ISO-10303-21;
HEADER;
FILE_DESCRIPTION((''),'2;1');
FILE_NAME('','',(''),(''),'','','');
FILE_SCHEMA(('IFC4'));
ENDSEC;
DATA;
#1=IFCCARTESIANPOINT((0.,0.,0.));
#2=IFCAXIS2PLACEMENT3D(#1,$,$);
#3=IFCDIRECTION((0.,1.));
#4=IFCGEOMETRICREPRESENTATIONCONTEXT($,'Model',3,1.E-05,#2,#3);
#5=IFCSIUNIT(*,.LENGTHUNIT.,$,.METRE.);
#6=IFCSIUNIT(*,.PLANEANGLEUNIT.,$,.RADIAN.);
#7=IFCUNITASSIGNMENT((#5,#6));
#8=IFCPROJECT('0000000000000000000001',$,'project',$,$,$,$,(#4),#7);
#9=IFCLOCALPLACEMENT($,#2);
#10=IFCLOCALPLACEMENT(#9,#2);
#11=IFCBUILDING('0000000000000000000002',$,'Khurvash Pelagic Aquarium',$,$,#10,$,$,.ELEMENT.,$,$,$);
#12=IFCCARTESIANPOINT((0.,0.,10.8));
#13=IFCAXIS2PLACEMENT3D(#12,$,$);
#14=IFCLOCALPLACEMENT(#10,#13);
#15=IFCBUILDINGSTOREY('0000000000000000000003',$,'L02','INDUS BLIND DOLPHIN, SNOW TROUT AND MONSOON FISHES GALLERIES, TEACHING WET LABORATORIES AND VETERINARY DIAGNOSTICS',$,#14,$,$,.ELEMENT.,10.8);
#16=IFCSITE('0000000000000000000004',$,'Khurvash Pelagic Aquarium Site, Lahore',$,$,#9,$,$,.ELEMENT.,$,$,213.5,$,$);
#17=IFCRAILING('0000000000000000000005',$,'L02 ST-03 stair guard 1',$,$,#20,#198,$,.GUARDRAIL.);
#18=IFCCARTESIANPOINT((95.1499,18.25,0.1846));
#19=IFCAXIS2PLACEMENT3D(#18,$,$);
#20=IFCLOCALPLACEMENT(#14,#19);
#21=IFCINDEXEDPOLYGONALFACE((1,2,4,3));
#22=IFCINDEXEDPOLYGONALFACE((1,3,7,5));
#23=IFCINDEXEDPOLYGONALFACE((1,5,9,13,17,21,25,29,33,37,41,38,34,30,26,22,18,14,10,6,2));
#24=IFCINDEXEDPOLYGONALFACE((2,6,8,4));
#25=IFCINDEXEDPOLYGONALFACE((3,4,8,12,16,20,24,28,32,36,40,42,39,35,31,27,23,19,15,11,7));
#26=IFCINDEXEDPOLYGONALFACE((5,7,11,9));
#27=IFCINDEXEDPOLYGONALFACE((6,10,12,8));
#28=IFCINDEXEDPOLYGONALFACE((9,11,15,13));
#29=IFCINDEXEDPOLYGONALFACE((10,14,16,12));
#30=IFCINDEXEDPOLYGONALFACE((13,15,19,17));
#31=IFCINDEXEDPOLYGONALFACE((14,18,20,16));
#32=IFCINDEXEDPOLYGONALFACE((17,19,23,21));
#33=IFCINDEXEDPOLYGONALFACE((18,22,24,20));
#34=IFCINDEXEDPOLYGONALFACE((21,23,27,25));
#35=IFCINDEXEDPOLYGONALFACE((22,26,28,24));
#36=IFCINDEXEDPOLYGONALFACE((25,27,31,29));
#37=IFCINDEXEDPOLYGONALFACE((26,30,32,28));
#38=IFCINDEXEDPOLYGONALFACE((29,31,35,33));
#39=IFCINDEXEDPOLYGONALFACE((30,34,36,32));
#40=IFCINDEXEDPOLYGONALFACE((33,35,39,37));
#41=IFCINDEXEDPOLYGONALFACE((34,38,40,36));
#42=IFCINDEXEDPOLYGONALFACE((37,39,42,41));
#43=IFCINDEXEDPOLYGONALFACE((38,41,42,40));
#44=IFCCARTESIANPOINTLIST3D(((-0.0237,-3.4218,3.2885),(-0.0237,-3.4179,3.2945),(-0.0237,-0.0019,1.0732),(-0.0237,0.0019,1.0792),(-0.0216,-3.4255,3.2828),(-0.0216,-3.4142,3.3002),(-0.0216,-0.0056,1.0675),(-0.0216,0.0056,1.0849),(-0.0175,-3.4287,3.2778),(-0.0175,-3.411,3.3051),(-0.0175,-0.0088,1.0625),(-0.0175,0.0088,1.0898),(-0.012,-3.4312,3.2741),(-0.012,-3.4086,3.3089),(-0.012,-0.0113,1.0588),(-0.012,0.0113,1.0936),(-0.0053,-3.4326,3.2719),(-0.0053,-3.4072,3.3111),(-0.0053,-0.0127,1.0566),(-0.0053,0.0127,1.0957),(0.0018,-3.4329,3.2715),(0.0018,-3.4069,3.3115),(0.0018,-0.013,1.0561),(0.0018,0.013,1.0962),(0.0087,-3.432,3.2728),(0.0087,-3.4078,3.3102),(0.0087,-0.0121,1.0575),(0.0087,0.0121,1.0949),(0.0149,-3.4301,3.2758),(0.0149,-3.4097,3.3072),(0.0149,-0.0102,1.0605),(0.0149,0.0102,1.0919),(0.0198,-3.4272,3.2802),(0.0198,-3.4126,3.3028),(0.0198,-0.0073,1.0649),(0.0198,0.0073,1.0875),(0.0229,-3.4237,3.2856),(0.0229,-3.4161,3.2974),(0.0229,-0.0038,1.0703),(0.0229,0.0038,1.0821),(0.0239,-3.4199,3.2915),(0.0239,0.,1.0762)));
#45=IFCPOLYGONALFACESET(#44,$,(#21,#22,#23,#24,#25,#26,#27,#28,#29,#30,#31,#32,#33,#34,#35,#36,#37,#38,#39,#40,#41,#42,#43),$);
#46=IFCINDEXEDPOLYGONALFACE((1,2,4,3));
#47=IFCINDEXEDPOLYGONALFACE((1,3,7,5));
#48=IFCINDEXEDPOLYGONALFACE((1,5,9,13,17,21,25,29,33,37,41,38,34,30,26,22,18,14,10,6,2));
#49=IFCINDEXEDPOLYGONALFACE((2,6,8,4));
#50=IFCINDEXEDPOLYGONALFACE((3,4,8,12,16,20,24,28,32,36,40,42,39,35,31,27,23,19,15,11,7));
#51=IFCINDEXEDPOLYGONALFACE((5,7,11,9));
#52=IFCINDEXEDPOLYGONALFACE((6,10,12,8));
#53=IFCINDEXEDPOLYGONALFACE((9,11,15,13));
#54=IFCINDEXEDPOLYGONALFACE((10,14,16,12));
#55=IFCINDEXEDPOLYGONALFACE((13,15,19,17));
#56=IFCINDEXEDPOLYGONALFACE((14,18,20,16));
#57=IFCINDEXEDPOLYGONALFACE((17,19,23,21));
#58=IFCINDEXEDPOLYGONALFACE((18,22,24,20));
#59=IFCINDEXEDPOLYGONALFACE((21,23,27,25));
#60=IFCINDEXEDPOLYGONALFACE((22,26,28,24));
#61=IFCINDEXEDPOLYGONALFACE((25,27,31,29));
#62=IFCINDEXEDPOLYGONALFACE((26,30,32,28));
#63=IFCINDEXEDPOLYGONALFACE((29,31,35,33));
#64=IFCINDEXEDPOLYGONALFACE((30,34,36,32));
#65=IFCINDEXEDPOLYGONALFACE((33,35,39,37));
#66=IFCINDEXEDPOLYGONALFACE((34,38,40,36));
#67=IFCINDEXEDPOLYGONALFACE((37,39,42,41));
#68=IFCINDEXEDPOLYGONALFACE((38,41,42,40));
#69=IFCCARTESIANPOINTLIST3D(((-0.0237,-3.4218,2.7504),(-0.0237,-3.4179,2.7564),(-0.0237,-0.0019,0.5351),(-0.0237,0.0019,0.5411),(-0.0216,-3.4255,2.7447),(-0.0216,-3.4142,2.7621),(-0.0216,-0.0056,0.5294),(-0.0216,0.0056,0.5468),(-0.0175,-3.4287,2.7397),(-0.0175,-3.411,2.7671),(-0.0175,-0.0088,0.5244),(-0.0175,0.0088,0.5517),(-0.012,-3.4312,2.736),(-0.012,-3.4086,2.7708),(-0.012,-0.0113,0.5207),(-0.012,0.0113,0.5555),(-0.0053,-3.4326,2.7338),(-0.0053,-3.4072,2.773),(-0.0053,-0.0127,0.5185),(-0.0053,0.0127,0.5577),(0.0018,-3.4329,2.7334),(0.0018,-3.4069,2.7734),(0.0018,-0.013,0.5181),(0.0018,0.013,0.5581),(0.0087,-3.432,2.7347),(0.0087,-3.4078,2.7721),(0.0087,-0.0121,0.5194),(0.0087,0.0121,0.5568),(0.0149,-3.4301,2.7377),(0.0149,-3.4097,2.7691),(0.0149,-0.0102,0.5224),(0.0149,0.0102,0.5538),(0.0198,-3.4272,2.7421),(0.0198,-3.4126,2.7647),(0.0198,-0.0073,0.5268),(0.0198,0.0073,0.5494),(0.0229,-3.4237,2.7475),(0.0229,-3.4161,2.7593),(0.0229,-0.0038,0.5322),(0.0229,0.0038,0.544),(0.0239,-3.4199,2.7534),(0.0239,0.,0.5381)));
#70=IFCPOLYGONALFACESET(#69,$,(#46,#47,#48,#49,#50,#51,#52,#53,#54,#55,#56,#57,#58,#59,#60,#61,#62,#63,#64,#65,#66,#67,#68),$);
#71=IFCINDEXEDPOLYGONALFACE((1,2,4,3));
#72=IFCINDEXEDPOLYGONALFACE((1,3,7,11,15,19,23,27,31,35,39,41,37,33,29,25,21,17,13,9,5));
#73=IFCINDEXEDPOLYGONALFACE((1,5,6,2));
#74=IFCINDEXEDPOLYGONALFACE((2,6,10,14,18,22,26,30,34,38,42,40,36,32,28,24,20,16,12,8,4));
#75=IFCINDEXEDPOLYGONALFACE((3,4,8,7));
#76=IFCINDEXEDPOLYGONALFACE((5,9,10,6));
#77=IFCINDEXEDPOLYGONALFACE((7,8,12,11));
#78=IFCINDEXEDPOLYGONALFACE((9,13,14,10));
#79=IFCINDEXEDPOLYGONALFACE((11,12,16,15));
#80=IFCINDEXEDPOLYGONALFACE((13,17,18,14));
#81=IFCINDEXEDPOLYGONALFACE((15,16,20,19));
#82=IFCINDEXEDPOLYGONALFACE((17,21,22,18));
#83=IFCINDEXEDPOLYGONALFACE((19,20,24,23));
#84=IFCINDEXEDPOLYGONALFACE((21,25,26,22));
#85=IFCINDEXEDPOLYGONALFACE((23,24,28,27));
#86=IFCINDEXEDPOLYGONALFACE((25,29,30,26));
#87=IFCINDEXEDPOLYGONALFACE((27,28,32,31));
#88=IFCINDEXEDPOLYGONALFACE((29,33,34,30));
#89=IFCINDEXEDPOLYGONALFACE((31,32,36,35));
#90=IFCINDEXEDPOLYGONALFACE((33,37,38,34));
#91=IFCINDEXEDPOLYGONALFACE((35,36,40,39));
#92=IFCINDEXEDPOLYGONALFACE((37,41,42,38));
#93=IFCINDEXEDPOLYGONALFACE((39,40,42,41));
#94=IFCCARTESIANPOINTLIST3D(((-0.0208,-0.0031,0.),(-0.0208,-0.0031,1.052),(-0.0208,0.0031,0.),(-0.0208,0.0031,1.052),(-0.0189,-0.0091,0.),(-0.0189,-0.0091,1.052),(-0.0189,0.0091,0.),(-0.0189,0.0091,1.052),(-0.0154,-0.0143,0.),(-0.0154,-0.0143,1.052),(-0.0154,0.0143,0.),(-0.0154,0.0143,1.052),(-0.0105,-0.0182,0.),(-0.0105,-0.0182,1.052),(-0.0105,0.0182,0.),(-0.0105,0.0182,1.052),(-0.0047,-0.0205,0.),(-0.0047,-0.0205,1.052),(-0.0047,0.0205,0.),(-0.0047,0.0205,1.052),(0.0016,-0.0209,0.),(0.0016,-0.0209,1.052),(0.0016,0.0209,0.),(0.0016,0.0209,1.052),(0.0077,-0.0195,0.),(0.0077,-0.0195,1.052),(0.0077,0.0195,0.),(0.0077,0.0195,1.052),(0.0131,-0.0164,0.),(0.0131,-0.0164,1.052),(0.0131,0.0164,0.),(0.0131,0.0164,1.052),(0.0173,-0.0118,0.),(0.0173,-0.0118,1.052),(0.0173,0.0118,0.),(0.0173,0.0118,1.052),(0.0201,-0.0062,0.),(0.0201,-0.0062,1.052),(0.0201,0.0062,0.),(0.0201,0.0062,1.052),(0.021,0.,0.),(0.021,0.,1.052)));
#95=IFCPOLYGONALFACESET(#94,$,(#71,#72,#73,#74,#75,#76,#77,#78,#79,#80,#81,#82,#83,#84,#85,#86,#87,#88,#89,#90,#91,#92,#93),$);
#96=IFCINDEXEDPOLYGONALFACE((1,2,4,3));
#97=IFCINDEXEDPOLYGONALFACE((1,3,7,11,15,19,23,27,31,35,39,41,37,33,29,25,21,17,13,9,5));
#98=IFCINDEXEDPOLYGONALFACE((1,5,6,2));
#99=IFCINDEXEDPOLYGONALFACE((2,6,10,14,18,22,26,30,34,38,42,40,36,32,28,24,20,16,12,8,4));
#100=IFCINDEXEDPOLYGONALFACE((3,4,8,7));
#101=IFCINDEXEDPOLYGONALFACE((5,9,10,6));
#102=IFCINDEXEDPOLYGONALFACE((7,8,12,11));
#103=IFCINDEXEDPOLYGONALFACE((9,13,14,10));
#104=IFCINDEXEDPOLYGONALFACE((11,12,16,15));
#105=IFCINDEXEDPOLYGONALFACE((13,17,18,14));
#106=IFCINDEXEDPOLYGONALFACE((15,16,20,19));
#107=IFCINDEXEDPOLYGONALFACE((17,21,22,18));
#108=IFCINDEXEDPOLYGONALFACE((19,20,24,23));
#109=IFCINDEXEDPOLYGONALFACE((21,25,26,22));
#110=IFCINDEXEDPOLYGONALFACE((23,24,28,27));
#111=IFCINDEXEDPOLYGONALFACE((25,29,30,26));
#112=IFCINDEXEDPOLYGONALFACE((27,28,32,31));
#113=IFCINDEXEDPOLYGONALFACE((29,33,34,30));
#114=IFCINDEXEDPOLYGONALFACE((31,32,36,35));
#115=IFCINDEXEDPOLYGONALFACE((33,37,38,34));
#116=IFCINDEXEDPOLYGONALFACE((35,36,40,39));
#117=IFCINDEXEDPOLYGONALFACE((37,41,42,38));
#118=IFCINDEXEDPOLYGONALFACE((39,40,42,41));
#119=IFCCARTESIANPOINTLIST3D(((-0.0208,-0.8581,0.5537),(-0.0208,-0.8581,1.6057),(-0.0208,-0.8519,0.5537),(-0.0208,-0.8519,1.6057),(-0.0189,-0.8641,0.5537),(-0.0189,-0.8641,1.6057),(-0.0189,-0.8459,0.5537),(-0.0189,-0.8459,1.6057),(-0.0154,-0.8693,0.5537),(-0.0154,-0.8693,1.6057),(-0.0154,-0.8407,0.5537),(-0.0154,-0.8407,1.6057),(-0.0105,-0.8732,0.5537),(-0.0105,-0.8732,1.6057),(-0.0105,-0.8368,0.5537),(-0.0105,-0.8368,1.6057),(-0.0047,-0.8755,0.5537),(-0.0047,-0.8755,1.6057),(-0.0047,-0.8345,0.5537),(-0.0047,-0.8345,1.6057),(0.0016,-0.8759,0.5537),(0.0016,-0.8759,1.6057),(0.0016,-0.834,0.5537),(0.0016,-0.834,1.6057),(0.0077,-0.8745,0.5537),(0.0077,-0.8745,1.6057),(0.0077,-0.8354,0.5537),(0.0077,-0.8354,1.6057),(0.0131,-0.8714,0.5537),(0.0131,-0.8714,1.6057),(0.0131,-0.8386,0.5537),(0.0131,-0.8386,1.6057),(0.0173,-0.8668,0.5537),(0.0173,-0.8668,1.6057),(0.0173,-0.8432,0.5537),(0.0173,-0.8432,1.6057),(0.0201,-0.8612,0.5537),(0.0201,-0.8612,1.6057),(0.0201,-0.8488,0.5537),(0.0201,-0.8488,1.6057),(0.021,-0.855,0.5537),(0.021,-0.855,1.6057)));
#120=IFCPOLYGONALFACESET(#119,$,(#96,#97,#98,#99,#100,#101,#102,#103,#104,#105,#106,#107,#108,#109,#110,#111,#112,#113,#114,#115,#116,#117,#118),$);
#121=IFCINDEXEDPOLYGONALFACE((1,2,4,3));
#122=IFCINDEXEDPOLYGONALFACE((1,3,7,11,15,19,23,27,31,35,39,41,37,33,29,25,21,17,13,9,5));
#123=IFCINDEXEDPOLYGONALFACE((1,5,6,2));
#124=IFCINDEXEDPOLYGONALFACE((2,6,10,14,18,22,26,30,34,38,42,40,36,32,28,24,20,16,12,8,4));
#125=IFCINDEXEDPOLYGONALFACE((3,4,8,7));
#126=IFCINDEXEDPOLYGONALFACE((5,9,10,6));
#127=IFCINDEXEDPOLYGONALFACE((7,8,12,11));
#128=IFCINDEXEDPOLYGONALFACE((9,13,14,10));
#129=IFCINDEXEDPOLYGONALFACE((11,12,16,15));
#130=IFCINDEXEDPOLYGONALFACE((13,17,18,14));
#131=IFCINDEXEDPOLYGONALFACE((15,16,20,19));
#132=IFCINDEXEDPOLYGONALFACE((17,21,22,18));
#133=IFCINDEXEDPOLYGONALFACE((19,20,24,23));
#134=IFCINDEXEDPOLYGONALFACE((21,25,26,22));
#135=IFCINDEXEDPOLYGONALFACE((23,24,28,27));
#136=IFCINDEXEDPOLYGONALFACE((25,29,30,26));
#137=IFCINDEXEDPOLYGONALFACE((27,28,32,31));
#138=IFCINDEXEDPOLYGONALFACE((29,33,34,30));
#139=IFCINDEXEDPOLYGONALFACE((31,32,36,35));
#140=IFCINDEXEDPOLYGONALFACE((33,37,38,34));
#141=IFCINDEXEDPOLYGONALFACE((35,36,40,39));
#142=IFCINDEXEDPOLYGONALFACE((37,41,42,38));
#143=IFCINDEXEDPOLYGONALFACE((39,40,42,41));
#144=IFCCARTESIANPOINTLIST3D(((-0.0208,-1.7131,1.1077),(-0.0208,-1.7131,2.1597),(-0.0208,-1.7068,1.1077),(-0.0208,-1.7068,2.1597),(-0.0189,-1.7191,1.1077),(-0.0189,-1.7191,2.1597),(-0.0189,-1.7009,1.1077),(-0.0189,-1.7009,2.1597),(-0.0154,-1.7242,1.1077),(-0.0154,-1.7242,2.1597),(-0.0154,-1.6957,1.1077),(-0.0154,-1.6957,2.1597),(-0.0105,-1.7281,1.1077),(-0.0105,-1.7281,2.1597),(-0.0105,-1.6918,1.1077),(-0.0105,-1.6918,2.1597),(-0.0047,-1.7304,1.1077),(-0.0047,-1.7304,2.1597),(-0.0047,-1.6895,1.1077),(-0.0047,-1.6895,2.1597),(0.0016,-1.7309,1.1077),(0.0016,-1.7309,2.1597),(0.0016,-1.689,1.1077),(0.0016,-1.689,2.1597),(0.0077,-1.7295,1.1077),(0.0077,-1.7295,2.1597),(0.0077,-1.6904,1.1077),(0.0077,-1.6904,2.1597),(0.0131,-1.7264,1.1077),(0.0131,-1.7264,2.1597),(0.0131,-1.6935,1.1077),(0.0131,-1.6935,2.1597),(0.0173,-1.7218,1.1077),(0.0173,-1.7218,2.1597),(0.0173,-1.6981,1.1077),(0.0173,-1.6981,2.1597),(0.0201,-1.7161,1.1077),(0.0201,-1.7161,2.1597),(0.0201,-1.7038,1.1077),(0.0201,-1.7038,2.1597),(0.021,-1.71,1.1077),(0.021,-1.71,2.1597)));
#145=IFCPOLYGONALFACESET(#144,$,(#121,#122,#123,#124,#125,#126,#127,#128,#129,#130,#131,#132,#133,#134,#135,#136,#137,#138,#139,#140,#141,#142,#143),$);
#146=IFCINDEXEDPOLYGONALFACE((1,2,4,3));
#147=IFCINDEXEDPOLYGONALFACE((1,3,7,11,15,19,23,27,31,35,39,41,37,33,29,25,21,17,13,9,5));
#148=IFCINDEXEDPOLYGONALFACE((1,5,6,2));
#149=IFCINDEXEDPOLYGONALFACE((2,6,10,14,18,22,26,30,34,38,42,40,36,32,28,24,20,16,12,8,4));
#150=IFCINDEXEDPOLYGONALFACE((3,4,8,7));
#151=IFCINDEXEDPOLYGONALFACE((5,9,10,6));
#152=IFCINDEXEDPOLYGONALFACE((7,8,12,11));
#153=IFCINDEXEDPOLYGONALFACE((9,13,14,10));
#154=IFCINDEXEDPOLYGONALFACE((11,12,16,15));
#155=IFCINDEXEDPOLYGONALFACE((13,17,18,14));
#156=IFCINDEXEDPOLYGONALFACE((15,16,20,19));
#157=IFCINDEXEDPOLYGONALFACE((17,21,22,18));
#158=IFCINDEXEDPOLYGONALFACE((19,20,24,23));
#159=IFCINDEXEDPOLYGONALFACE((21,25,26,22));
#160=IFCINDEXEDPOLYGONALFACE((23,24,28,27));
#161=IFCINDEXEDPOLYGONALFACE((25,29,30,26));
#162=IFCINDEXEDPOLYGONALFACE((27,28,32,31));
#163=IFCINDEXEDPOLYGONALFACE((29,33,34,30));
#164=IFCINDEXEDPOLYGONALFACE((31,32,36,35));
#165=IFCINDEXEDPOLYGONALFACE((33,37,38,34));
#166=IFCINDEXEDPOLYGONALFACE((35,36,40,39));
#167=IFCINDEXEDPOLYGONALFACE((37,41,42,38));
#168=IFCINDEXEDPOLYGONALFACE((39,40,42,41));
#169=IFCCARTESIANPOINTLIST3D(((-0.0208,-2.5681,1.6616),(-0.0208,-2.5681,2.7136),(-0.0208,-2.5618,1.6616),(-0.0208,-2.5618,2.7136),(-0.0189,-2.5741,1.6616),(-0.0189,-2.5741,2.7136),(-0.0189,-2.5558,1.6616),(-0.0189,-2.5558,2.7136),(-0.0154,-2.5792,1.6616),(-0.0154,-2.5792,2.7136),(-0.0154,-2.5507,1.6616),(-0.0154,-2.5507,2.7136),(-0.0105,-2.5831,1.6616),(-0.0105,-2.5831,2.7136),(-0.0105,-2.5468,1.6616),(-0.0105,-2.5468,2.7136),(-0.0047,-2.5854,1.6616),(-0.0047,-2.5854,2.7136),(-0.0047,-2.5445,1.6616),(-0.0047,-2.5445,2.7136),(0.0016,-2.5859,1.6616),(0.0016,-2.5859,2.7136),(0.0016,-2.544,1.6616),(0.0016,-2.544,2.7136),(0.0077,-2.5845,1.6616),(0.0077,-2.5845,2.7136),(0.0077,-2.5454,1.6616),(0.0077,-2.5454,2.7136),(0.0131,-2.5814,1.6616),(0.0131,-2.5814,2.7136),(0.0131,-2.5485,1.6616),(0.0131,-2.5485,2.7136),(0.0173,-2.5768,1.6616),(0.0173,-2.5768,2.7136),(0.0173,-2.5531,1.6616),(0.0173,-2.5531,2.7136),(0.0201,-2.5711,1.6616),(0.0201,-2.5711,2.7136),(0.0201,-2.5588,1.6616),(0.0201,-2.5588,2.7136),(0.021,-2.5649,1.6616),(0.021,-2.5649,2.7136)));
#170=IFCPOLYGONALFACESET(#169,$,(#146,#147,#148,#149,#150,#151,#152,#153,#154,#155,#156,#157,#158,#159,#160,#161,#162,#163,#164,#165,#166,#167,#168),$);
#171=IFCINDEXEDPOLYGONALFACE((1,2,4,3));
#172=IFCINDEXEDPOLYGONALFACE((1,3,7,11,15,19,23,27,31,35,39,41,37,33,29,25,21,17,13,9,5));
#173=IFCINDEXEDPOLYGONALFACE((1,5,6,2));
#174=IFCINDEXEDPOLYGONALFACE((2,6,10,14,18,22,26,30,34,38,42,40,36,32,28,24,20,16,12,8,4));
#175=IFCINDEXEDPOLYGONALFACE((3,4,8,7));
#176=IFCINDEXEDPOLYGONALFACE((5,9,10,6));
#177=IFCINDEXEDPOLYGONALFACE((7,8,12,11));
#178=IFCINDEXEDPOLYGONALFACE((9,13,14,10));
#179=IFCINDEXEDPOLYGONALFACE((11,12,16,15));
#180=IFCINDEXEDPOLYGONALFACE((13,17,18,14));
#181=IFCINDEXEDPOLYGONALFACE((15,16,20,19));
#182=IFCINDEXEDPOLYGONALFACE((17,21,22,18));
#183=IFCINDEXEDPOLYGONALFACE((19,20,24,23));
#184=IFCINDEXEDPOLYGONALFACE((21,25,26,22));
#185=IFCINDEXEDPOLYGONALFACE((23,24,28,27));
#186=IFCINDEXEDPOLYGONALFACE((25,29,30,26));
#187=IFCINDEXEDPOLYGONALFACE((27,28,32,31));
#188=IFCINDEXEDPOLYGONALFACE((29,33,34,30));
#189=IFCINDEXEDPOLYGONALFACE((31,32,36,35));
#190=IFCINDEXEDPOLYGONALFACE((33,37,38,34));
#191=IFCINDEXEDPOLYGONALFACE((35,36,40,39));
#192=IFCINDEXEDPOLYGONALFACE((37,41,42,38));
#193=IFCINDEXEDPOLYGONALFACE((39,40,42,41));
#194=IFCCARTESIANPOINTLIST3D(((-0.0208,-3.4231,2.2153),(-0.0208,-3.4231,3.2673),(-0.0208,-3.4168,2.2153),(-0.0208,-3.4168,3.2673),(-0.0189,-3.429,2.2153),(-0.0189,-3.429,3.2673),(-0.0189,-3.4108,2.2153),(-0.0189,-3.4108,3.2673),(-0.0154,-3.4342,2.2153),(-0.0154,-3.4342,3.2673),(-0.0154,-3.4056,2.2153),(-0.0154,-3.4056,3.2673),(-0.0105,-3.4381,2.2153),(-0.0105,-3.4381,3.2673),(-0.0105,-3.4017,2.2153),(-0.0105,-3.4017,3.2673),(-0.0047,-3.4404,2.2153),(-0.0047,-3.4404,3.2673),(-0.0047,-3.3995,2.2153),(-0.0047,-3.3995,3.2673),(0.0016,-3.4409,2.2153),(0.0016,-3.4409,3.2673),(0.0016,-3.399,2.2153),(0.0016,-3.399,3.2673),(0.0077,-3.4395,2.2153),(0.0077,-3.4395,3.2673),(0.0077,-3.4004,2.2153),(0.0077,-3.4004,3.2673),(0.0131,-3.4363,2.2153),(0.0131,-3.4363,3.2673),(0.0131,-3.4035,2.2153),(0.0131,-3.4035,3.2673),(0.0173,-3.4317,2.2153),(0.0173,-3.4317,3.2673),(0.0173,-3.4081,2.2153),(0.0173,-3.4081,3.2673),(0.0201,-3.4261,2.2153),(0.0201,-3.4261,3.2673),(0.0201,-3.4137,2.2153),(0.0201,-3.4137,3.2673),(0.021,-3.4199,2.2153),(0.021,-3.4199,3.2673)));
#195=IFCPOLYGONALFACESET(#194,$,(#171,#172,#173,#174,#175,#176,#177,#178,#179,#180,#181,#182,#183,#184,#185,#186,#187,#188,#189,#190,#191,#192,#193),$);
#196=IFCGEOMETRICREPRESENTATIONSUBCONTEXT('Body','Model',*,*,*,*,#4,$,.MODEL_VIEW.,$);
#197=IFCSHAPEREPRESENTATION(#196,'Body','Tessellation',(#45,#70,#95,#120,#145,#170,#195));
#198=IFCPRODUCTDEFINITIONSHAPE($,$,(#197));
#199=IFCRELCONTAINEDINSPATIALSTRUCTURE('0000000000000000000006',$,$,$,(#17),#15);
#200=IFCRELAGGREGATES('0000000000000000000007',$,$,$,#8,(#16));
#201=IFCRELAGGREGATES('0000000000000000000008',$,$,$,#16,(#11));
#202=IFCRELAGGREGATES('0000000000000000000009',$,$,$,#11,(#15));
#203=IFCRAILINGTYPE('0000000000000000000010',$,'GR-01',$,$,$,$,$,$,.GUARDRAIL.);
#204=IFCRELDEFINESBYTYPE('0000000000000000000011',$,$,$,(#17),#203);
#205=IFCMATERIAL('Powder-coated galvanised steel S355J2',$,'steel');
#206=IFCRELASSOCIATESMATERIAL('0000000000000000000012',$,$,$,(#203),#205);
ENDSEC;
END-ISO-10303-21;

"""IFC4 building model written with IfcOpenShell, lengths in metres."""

from ifc_helpers import new_model, si_unit, direction, frame, origin, origin_2d, place, context, subcontext, project, spatial, circle, extrude, material, type_object, element, save


model = new_model("IFC4")

# Units and contexts
model_context = context("Model", 3, precision=1e-05, world=origin(), true_north=direction((0.0, 1.0)))
body_context = subcontext(model_context, "Body", "Model", "MODEL_VIEW")
ifc_project = project(units=[si_unit("LENGTHUNIT", "METRE"), si_unit("PLANEANGLEUNIT", "RADIAN")], contexts=[model_context])

# Site, building, storey
site_placement = place(None, origin())
site = spatial("IfcSite", under=ifc_project, at=site_placement, Name="Khurvash Pelagic Aquarium Site, Lahore", CompositionType="ELEMENT", RefElevation=213.5)
building_placement = place(site_placement, origin())
building = spatial("IfcBuilding", under=site, at=building_placement, Name="Khurvash Pelagic Aquarium", CompositionType="ELEMENT")
storey_placement = place(building_placement, frame((0.0, 0.0, 10.8)))
storey = spatial("IfcBuildingStorey", under=building, at=storey_placement, Name="L02", Description="INDUS BLIND DOLPHIN, SNOW TROUT AND MONSOON FISHES GALLERIES, TEACHING WET LABORATORIES AND VETERINARY DIAGNOSTICS", CompositionType="ELEMENT", Elevation=10.8)

# Railing
ifc_material_1 = material(Name="Powder-coated galvanised steel S355J2", Category="steel")
railing_type_1 = type_object("IfcRailingType", Name="GR-01", PredefinedType="GUARDRAIL", material=ifc_material_1)
railing_1_placement = place(storey_placement, frame((95.1499, 18.25, 0.1846)))
element("IfcRailing", 1, at=railing_1_placement, inside=storey, type_object=railing_type_1, Name="L02 ST-03 stair guard 1", PredefinedType="GUARDRAIL", context=body_context, shape_type="SweptSolid", body=[
    extrude(circle(Radius=0.0239, at=origin_2d()), frame((0.0, 0.0, 1.0762), z_axis=(0.0, -0.839297, 0.543674), x_axis=(1.0, 0.0, 0.0)), (0.0, 0.0, 1.0), 4.0747),
    extrude(circle(Radius=0.0239, at=origin_2d()), frame((0.0, 0.0, 0.5381), z_axis=(0.0, -0.839297, 0.543674), x_axis=(1.0, 0.0, 0.0)), (0.0, 0.0, 1.0), 4.0747),
    extrude(circle(Radius=0.021, at=origin_2d()), origin(), (0.0, 0.0, 1.0), 1.052),
    extrude(circle(Radius=0.021, at=origin_2d()), frame((0.0, -0.855, 0.5537)), (0.0, 0.0, 1.0), 1.052),
    extrude(circle(Radius=0.021, at=origin_2d()), frame((0.0, -1.71, 1.1077)), (0.0, 0.0, 1.0), 1.052),
    extrude(circle(Radius=0.021, at=origin_2d()), frame((0.0, -2.5649, 1.6616)), (0.0, 0.0, 1.0), 1.052),
    extrude(circle(Radius=0.021, at=origin_2d()), frame((0.0, -3.4199, 2.2153)), (0.0, 0.0, 1.0), 1.052),
])

save(model, "model.ifc")
